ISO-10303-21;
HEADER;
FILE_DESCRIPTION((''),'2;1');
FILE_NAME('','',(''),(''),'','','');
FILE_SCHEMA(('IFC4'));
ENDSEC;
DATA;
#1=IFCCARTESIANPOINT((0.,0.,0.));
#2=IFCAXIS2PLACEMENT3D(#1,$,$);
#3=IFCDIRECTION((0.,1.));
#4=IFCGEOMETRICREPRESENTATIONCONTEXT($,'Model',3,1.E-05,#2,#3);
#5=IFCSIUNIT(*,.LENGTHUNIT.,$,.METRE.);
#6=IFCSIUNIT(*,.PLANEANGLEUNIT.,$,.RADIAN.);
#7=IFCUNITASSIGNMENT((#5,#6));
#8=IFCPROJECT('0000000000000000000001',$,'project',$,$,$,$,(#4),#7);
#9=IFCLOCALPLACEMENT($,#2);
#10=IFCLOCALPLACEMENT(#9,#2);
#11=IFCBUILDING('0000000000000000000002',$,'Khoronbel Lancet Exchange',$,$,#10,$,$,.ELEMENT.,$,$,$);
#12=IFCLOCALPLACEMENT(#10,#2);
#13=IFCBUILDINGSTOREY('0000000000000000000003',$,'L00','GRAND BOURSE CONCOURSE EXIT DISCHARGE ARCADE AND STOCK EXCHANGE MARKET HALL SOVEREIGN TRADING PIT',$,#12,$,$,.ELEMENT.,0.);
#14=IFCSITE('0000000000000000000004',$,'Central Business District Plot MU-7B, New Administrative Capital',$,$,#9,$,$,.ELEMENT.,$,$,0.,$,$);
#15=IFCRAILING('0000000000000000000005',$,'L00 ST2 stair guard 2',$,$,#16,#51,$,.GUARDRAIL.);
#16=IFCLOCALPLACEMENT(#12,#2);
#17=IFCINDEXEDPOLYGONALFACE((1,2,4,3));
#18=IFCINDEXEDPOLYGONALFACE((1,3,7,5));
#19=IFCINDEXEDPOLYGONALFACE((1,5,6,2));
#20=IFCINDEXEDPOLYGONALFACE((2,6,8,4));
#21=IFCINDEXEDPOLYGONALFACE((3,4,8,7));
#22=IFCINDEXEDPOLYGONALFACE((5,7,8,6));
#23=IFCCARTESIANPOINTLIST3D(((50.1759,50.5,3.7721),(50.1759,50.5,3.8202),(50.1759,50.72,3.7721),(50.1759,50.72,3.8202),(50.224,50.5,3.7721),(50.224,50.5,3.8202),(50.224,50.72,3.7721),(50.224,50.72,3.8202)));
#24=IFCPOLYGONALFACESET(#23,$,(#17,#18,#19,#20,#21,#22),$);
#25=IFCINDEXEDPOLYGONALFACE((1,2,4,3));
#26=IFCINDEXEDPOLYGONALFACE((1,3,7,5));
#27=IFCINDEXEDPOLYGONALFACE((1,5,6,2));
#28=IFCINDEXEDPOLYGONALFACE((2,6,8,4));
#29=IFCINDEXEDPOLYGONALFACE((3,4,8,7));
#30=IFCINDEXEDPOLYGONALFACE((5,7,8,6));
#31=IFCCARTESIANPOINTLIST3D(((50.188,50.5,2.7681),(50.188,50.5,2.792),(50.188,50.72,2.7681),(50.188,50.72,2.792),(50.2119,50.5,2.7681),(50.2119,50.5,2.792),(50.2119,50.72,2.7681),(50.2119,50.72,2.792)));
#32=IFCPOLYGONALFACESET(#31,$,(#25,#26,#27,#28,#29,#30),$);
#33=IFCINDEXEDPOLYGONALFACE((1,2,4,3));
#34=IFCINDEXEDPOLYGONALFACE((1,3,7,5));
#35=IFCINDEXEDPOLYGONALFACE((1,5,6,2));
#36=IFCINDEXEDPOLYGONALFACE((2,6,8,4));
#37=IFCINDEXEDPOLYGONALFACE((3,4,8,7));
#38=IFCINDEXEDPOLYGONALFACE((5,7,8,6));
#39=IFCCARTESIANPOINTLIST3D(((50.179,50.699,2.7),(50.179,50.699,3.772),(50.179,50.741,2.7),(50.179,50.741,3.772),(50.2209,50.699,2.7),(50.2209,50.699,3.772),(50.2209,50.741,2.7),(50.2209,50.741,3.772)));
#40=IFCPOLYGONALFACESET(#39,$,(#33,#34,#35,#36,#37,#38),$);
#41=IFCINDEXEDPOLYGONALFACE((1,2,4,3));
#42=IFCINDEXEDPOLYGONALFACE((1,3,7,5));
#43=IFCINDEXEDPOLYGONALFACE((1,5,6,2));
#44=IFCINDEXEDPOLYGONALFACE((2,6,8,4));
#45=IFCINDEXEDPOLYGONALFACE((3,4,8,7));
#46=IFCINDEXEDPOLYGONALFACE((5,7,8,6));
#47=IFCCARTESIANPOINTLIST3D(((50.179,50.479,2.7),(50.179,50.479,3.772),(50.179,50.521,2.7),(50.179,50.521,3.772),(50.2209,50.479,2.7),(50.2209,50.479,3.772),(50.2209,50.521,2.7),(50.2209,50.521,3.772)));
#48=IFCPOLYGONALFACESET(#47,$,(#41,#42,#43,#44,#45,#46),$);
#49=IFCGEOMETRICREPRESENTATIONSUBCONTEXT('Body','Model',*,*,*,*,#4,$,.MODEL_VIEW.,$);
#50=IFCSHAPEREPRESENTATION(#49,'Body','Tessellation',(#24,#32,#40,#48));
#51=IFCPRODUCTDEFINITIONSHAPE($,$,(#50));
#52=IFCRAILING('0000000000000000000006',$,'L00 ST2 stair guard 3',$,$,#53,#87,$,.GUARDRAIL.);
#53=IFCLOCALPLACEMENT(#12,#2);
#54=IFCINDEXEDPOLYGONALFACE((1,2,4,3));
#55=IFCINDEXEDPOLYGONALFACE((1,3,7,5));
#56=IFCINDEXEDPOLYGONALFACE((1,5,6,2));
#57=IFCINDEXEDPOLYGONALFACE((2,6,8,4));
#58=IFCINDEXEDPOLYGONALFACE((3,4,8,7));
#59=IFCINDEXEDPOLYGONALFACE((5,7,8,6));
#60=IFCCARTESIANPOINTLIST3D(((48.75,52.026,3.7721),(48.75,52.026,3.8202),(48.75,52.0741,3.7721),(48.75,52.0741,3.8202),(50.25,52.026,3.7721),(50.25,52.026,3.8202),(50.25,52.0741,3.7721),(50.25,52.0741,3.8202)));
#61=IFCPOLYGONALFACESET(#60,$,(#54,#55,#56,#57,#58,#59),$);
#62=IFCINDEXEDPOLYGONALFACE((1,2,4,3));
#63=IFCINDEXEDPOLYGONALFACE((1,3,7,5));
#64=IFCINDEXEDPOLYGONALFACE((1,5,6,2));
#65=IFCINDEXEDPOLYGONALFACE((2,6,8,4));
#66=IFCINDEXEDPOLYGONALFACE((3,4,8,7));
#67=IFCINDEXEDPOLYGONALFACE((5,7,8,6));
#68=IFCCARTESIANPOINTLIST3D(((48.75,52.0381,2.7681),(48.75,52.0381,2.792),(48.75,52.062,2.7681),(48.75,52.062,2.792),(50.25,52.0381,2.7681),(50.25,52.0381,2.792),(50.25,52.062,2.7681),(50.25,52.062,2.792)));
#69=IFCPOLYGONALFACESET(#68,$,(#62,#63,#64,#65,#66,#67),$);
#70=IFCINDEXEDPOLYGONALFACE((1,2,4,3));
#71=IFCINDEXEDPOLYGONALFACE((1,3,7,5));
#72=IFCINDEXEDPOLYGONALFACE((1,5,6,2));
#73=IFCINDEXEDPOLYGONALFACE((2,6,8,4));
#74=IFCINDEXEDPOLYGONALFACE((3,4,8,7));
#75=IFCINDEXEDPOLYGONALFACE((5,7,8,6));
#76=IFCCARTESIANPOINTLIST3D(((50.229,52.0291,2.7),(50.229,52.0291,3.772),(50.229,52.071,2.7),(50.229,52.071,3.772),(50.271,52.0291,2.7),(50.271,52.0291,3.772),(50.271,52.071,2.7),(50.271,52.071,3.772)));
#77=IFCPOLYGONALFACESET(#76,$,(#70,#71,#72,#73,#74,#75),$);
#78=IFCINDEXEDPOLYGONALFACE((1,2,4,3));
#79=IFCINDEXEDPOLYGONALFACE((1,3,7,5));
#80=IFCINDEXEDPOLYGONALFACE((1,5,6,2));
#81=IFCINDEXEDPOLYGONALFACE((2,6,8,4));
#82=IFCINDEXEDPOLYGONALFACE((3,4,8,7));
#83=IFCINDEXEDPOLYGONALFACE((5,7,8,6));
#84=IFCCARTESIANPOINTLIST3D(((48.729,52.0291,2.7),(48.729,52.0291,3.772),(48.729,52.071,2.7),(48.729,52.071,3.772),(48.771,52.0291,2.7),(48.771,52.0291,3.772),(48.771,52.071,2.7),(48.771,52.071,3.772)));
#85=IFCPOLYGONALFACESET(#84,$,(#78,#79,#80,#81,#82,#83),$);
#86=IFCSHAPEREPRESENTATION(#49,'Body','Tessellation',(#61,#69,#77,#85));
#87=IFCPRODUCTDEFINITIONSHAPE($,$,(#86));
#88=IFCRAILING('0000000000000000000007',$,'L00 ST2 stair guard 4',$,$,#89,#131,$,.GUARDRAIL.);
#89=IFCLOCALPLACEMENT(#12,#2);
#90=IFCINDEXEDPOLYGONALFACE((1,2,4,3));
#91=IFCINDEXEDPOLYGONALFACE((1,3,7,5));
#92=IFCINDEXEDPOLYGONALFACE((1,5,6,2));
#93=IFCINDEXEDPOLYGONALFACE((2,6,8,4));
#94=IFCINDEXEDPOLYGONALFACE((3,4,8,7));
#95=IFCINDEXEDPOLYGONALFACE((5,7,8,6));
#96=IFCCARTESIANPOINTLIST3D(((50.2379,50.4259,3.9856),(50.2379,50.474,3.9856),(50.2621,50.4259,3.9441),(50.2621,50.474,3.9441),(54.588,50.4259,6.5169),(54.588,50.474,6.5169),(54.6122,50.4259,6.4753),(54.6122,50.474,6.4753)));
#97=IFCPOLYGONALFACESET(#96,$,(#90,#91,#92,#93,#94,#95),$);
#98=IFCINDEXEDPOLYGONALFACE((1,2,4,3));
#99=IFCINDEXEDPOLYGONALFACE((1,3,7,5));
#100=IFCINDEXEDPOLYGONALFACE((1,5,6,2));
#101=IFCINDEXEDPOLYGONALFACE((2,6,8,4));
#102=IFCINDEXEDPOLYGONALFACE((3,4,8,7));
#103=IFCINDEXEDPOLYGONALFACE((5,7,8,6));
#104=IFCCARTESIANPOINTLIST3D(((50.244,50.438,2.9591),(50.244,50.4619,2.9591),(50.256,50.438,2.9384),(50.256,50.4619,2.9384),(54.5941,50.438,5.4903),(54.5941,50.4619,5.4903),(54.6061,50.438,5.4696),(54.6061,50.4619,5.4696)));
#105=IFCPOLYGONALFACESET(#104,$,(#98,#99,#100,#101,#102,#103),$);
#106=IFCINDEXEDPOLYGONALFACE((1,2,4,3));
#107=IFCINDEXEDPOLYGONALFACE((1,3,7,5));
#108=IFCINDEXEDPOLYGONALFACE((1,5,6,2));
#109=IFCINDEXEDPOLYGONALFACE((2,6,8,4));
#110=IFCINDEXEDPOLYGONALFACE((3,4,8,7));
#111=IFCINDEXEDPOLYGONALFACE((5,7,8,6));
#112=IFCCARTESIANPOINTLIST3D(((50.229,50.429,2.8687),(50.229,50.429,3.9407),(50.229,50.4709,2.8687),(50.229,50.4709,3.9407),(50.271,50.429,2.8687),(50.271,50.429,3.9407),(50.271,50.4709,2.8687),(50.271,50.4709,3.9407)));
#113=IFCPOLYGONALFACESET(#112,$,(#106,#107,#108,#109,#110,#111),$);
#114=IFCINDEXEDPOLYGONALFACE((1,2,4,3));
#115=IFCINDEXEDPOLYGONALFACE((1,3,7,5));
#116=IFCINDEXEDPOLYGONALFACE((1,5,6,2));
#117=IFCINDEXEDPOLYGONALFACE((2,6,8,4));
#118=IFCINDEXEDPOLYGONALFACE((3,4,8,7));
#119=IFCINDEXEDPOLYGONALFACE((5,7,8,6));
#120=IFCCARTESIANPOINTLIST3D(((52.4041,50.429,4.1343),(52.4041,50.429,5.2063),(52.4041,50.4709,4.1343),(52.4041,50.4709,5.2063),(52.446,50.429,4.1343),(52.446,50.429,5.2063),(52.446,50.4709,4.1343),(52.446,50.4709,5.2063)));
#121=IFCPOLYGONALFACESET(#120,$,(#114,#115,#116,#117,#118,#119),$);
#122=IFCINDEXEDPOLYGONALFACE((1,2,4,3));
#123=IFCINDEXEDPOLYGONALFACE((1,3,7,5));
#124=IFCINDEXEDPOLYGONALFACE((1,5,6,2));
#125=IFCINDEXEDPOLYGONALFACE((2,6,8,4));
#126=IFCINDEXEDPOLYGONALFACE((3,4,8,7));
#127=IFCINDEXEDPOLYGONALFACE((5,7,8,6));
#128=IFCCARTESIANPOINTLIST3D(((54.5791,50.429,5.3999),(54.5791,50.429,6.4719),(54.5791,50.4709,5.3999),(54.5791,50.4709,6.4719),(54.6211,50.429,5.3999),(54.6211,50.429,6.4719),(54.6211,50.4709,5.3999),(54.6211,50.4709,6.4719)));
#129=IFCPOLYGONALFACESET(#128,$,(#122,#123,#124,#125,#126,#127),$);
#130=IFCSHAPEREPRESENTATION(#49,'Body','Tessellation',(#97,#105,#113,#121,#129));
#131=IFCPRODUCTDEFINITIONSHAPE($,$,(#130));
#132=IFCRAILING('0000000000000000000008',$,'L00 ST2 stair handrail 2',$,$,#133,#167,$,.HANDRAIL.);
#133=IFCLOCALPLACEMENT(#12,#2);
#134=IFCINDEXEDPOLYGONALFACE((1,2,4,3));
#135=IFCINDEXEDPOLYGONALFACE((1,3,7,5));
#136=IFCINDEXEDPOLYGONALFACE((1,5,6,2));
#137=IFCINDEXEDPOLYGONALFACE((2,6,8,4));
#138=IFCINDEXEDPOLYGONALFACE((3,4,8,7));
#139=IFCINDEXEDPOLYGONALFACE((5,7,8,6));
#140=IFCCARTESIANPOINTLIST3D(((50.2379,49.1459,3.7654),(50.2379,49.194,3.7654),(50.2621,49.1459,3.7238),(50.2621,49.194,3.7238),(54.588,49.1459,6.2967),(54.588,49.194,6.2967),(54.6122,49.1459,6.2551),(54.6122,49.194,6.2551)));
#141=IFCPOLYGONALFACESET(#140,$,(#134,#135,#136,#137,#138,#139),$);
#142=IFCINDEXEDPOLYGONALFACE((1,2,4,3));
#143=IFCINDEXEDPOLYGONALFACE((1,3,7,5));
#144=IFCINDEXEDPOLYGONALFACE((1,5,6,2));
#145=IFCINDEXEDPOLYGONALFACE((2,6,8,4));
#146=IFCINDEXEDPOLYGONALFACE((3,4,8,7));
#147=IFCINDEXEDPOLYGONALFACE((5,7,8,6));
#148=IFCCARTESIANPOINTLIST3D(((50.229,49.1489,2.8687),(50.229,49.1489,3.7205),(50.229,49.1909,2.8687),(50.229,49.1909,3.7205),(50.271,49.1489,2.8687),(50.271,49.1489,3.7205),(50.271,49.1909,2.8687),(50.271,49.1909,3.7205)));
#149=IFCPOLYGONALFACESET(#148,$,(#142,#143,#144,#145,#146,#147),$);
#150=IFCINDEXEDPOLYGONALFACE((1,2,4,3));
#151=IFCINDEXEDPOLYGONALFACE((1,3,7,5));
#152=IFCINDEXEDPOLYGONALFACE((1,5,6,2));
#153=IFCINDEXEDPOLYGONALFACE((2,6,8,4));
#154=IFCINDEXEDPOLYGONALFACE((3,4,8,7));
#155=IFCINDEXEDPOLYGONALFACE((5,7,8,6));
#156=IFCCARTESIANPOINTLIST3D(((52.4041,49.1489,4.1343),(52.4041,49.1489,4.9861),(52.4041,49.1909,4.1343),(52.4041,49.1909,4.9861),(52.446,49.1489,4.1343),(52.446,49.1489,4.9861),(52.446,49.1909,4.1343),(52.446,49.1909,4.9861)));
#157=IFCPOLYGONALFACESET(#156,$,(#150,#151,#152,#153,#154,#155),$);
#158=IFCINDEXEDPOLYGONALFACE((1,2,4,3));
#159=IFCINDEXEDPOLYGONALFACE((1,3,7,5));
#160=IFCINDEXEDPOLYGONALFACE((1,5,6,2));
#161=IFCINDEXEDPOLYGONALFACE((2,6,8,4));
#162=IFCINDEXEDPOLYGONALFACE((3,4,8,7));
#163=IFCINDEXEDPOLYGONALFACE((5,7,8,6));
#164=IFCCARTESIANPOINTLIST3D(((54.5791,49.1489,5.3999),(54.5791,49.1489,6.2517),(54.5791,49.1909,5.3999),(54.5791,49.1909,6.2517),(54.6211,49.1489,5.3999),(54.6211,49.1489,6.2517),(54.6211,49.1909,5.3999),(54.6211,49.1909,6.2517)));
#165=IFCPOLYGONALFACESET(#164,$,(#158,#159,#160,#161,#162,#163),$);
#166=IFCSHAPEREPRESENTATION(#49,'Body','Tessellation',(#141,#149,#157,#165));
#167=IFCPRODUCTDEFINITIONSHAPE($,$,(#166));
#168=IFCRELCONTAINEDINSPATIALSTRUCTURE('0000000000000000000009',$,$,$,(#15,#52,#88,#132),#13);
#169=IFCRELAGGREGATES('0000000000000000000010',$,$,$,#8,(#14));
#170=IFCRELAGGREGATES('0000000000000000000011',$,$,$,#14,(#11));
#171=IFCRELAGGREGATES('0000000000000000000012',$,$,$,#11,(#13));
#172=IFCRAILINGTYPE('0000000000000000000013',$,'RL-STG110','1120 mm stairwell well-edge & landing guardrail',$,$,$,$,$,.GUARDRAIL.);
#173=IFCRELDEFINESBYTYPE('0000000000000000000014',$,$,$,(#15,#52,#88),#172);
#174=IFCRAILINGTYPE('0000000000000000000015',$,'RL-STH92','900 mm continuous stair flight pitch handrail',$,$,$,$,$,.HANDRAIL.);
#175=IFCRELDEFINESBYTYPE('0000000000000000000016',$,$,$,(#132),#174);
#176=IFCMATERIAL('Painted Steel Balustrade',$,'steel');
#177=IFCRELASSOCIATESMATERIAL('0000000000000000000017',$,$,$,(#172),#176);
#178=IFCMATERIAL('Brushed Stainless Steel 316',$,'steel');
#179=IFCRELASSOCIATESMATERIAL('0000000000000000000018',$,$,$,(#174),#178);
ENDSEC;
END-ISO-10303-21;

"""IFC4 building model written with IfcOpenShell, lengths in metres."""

from ifc_helpers import new_model, si_unit, direction, frame, origin, origin_2d, place, context, subcontext, project, spatial, rectangle, extrude, material, type_object, element, save


model = new_model("IFC4")

# Units and contexts
model_context = context("Model", 3, precision=1e-05, world=origin(), true_north=direction((0.0, 1.0)))
body_context = subcontext(model_context, "Body", "Model", "MODEL_VIEW")
ifc_project = project(units=[si_unit("LENGTHUNIT", "METRE"), si_unit("PLANEANGLEUNIT", "RADIAN")], contexts=[model_context])

# Site, building, storey
site_placement = place(None, origin())
site = spatial("IfcSite", under=ifc_project, at=site_placement, Name="Central Business District Plot MU-7B, New Administrative Capital", CompositionType="ELEMENT", RefElevation=0.0)
building_placement = place(site_placement, origin())
building = spatial("IfcBuilding", under=site, at=building_placement, Name="Khoronbel Lancet Exchange", CompositionType="ELEMENT")
storey_placement = place(building_placement, origin())
storey = spatial("IfcBuildingStorey", under=building, at=storey_placement, Name="L00", Description="GRAND BOURSE CONCOURSE EXIT DISCHARGE ARCADE AND STOCK EXCHANGE MARKET HALL SOVEREIGN TRADING PIT", CompositionType="ELEMENT", Elevation=0.0)

# Railings
ifc_material_1 = material(Name="Painted Steel Balustrade", Category="steel")
railing_type_1 = type_object("IfcRailingType", Name="RL-STG110", Description="1120 mm stairwell well-edge & landing guardrail", PredefinedType="GUARDRAIL", material=ifc_material_1)
railing_1_placement = place(storey_placement, frame((50.2, 50.72, 2.7)))
element("IfcRailing", 1, at=railing_1_placement, inside=storey, type_object=railing_type_1, Name="L00 ST2 stair guard 2", PredefinedType="GUARDRAIL", context=body_context, shape_type="SweptSolid", body=[
    extrude(rectangle(XDim=0.0481, YDim=0.0481, at=origin_2d()), frame((0.0, 0.0, 1.0962), z_axis=(0.0, -1.0, 0.0), x_axis=(1.0, 0.0, 0.0)), (0.0, 0.0, 1.0), 0.22),
    extrude(rectangle(XDim=0.0239, YDim=0.0239, at=origin_2d()), frame((0.0, 0.0, 0.0801), z_axis=(0.0, -1.0, 0.0), x_axis=(1.0, 0.0, 0.0)), (0.0, 0.0, 1.0), 0.22),
    extrude(rectangle(XDim=0.042, YDim=0.042, at=origin_2d()), origin(), (0.0, 0.0, 1.0), 1.072),
    extrude(rectangle(XDim=0.042, YDim=0.042, at=origin_2d()), frame((0.0, -0.22, 0.0)), (0.0, 0.0, 1.0), 1.072),
])
railing_2_placement = place(storey_placement, frame((50.25, 52.05, 2.7)))
element("IfcRailing", 2, at=railing_2_placement, inside=storey, type_object=railing_type_1, Name="L00 ST2 stair guard 3", PredefinedType="GUARDRAIL", context=body_context, shape_type="SweptSolid", body=[
    extrude(rectangle(XDim=0.0481, YDim=0.0481, at=origin_2d()), frame((0.0, 0.0, 1.0962), z_axis=(-1.0, 0.0, 0.0), x_axis=(0.0, -1.0, 0.0)), (0.0, 0.0, 1.0), 1.5),
    extrude(rectangle(XDim=0.0239, YDim=0.0239, at=origin_2d()), frame((0.0, 0.0, 0.0801), z_axis=(-1.0, 0.0, 0.0), x_axis=(0.0, -1.0, 0.0)), (0.0, 0.0, 1.0), 1.5),
    extrude(rectangle(XDim=0.042, YDim=0.042, at=origin_2d()), origin(), (0.0, 0.0, 1.0), 1.072),
    extrude(rectangle(XDim=0.042, YDim=0.042, at=origin_2d()), frame((-1.5, 0.0, 0.0)), (0.0, 0.0, 1.0), 1.072),
])
railing_3_placement = place(storey_placement, frame((50.25, 50.45, 2.8687)))
element("IfcRailing", 3, at=railing_3_placement, inside=storey, type_object=railing_type_1, Name="L00 ST2 stair guard 4", PredefinedType="GUARDRAIL", context=body_context, shape_type="SweptSolid", body=[
    extrude(rectangle(XDim=0.0481, YDim=0.0481, at=origin_2d()), frame((0.0, 0.0, 1.0962), z_axis=(0.864324, 0.0, 0.502936), x_axis=(0.0, 1.0, 0.0)), (0.0, 0.0, 1.0), 5.033),
    extrude(rectangle(XDim=0.0239, YDim=0.0239, at=origin_2d()), frame((0.0, 0.0, 0.0801), z_axis=(0.864324, 0.0, 0.502936), x_axis=(0.0, 1.0, 0.0)), (0.0, 0.0, 1.0), 5.033),
    extrude(rectangle(XDim=0.042, YDim=0.042, at=origin_2d()), origin(), (0.0, 0.0, 1.0), 1.072),
    extrude(rectangle(XDim=0.042, YDim=0.042, at=origin_2d()), frame((2.175, 0.0, 1.2656)), (0.0, 0.0, 1.0), 1.072),
    extrude(rectangle(XDim=0.042, YDim=0.042, at=origin_2d()), frame((4.3501, 0.0, 2.5312)), (0.0, 0.0, 1.0), 1.072),
])
ifc_material_2 = material(Name="Brushed Stainless Steel 316", Category="steel")
railing_type_2 = type_object("IfcRailingType", Name="RL-STH92", Description="900 mm continuous stair flight pitch handrail", PredefinedType="HANDRAIL", material=ifc_material_2)
railing_4_placement = place(storey_placement, frame((50.25, 49.1699, 2.8687)))
element("IfcRailing", 4, at=railing_4_placement, inside=storey, type_object=railing_type_2, Name="L00 ST2 stair handrail 2", PredefinedType="HANDRAIL", context=body_context, shape_type="SweptSolid", body=[
    extrude(rectangle(XDim=0.0481, YDim=0.0481, at=origin_2d()), frame((0.0, 0.0, 0.876), z_axis=(0.864324, 0.0, 0.502936), x_axis=(0.0, 1.0, 0.0)), (0.0, 0.0, 1.0), 5.033),
    extrude(rectangle(XDim=0.042, YDim=0.042, at=origin_2d()), origin(), (0.0, 0.0, 1.0), 0.8518),
    extrude(rectangle(XDim=0.042, YDim=0.042, at=origin_2d()), frame((2.175, 0.0, 1.2656)), (0.0, 0.0, 1.0), 0.8518),
    extrude(rectangle(XDim=0.042, YDim=0.042, at=origin_2d()), frame((4.3501, 0.0, 2.5312)), (0.0, 0.0, 1.0), 0.8518),
])

save(model, "model.ifc")
